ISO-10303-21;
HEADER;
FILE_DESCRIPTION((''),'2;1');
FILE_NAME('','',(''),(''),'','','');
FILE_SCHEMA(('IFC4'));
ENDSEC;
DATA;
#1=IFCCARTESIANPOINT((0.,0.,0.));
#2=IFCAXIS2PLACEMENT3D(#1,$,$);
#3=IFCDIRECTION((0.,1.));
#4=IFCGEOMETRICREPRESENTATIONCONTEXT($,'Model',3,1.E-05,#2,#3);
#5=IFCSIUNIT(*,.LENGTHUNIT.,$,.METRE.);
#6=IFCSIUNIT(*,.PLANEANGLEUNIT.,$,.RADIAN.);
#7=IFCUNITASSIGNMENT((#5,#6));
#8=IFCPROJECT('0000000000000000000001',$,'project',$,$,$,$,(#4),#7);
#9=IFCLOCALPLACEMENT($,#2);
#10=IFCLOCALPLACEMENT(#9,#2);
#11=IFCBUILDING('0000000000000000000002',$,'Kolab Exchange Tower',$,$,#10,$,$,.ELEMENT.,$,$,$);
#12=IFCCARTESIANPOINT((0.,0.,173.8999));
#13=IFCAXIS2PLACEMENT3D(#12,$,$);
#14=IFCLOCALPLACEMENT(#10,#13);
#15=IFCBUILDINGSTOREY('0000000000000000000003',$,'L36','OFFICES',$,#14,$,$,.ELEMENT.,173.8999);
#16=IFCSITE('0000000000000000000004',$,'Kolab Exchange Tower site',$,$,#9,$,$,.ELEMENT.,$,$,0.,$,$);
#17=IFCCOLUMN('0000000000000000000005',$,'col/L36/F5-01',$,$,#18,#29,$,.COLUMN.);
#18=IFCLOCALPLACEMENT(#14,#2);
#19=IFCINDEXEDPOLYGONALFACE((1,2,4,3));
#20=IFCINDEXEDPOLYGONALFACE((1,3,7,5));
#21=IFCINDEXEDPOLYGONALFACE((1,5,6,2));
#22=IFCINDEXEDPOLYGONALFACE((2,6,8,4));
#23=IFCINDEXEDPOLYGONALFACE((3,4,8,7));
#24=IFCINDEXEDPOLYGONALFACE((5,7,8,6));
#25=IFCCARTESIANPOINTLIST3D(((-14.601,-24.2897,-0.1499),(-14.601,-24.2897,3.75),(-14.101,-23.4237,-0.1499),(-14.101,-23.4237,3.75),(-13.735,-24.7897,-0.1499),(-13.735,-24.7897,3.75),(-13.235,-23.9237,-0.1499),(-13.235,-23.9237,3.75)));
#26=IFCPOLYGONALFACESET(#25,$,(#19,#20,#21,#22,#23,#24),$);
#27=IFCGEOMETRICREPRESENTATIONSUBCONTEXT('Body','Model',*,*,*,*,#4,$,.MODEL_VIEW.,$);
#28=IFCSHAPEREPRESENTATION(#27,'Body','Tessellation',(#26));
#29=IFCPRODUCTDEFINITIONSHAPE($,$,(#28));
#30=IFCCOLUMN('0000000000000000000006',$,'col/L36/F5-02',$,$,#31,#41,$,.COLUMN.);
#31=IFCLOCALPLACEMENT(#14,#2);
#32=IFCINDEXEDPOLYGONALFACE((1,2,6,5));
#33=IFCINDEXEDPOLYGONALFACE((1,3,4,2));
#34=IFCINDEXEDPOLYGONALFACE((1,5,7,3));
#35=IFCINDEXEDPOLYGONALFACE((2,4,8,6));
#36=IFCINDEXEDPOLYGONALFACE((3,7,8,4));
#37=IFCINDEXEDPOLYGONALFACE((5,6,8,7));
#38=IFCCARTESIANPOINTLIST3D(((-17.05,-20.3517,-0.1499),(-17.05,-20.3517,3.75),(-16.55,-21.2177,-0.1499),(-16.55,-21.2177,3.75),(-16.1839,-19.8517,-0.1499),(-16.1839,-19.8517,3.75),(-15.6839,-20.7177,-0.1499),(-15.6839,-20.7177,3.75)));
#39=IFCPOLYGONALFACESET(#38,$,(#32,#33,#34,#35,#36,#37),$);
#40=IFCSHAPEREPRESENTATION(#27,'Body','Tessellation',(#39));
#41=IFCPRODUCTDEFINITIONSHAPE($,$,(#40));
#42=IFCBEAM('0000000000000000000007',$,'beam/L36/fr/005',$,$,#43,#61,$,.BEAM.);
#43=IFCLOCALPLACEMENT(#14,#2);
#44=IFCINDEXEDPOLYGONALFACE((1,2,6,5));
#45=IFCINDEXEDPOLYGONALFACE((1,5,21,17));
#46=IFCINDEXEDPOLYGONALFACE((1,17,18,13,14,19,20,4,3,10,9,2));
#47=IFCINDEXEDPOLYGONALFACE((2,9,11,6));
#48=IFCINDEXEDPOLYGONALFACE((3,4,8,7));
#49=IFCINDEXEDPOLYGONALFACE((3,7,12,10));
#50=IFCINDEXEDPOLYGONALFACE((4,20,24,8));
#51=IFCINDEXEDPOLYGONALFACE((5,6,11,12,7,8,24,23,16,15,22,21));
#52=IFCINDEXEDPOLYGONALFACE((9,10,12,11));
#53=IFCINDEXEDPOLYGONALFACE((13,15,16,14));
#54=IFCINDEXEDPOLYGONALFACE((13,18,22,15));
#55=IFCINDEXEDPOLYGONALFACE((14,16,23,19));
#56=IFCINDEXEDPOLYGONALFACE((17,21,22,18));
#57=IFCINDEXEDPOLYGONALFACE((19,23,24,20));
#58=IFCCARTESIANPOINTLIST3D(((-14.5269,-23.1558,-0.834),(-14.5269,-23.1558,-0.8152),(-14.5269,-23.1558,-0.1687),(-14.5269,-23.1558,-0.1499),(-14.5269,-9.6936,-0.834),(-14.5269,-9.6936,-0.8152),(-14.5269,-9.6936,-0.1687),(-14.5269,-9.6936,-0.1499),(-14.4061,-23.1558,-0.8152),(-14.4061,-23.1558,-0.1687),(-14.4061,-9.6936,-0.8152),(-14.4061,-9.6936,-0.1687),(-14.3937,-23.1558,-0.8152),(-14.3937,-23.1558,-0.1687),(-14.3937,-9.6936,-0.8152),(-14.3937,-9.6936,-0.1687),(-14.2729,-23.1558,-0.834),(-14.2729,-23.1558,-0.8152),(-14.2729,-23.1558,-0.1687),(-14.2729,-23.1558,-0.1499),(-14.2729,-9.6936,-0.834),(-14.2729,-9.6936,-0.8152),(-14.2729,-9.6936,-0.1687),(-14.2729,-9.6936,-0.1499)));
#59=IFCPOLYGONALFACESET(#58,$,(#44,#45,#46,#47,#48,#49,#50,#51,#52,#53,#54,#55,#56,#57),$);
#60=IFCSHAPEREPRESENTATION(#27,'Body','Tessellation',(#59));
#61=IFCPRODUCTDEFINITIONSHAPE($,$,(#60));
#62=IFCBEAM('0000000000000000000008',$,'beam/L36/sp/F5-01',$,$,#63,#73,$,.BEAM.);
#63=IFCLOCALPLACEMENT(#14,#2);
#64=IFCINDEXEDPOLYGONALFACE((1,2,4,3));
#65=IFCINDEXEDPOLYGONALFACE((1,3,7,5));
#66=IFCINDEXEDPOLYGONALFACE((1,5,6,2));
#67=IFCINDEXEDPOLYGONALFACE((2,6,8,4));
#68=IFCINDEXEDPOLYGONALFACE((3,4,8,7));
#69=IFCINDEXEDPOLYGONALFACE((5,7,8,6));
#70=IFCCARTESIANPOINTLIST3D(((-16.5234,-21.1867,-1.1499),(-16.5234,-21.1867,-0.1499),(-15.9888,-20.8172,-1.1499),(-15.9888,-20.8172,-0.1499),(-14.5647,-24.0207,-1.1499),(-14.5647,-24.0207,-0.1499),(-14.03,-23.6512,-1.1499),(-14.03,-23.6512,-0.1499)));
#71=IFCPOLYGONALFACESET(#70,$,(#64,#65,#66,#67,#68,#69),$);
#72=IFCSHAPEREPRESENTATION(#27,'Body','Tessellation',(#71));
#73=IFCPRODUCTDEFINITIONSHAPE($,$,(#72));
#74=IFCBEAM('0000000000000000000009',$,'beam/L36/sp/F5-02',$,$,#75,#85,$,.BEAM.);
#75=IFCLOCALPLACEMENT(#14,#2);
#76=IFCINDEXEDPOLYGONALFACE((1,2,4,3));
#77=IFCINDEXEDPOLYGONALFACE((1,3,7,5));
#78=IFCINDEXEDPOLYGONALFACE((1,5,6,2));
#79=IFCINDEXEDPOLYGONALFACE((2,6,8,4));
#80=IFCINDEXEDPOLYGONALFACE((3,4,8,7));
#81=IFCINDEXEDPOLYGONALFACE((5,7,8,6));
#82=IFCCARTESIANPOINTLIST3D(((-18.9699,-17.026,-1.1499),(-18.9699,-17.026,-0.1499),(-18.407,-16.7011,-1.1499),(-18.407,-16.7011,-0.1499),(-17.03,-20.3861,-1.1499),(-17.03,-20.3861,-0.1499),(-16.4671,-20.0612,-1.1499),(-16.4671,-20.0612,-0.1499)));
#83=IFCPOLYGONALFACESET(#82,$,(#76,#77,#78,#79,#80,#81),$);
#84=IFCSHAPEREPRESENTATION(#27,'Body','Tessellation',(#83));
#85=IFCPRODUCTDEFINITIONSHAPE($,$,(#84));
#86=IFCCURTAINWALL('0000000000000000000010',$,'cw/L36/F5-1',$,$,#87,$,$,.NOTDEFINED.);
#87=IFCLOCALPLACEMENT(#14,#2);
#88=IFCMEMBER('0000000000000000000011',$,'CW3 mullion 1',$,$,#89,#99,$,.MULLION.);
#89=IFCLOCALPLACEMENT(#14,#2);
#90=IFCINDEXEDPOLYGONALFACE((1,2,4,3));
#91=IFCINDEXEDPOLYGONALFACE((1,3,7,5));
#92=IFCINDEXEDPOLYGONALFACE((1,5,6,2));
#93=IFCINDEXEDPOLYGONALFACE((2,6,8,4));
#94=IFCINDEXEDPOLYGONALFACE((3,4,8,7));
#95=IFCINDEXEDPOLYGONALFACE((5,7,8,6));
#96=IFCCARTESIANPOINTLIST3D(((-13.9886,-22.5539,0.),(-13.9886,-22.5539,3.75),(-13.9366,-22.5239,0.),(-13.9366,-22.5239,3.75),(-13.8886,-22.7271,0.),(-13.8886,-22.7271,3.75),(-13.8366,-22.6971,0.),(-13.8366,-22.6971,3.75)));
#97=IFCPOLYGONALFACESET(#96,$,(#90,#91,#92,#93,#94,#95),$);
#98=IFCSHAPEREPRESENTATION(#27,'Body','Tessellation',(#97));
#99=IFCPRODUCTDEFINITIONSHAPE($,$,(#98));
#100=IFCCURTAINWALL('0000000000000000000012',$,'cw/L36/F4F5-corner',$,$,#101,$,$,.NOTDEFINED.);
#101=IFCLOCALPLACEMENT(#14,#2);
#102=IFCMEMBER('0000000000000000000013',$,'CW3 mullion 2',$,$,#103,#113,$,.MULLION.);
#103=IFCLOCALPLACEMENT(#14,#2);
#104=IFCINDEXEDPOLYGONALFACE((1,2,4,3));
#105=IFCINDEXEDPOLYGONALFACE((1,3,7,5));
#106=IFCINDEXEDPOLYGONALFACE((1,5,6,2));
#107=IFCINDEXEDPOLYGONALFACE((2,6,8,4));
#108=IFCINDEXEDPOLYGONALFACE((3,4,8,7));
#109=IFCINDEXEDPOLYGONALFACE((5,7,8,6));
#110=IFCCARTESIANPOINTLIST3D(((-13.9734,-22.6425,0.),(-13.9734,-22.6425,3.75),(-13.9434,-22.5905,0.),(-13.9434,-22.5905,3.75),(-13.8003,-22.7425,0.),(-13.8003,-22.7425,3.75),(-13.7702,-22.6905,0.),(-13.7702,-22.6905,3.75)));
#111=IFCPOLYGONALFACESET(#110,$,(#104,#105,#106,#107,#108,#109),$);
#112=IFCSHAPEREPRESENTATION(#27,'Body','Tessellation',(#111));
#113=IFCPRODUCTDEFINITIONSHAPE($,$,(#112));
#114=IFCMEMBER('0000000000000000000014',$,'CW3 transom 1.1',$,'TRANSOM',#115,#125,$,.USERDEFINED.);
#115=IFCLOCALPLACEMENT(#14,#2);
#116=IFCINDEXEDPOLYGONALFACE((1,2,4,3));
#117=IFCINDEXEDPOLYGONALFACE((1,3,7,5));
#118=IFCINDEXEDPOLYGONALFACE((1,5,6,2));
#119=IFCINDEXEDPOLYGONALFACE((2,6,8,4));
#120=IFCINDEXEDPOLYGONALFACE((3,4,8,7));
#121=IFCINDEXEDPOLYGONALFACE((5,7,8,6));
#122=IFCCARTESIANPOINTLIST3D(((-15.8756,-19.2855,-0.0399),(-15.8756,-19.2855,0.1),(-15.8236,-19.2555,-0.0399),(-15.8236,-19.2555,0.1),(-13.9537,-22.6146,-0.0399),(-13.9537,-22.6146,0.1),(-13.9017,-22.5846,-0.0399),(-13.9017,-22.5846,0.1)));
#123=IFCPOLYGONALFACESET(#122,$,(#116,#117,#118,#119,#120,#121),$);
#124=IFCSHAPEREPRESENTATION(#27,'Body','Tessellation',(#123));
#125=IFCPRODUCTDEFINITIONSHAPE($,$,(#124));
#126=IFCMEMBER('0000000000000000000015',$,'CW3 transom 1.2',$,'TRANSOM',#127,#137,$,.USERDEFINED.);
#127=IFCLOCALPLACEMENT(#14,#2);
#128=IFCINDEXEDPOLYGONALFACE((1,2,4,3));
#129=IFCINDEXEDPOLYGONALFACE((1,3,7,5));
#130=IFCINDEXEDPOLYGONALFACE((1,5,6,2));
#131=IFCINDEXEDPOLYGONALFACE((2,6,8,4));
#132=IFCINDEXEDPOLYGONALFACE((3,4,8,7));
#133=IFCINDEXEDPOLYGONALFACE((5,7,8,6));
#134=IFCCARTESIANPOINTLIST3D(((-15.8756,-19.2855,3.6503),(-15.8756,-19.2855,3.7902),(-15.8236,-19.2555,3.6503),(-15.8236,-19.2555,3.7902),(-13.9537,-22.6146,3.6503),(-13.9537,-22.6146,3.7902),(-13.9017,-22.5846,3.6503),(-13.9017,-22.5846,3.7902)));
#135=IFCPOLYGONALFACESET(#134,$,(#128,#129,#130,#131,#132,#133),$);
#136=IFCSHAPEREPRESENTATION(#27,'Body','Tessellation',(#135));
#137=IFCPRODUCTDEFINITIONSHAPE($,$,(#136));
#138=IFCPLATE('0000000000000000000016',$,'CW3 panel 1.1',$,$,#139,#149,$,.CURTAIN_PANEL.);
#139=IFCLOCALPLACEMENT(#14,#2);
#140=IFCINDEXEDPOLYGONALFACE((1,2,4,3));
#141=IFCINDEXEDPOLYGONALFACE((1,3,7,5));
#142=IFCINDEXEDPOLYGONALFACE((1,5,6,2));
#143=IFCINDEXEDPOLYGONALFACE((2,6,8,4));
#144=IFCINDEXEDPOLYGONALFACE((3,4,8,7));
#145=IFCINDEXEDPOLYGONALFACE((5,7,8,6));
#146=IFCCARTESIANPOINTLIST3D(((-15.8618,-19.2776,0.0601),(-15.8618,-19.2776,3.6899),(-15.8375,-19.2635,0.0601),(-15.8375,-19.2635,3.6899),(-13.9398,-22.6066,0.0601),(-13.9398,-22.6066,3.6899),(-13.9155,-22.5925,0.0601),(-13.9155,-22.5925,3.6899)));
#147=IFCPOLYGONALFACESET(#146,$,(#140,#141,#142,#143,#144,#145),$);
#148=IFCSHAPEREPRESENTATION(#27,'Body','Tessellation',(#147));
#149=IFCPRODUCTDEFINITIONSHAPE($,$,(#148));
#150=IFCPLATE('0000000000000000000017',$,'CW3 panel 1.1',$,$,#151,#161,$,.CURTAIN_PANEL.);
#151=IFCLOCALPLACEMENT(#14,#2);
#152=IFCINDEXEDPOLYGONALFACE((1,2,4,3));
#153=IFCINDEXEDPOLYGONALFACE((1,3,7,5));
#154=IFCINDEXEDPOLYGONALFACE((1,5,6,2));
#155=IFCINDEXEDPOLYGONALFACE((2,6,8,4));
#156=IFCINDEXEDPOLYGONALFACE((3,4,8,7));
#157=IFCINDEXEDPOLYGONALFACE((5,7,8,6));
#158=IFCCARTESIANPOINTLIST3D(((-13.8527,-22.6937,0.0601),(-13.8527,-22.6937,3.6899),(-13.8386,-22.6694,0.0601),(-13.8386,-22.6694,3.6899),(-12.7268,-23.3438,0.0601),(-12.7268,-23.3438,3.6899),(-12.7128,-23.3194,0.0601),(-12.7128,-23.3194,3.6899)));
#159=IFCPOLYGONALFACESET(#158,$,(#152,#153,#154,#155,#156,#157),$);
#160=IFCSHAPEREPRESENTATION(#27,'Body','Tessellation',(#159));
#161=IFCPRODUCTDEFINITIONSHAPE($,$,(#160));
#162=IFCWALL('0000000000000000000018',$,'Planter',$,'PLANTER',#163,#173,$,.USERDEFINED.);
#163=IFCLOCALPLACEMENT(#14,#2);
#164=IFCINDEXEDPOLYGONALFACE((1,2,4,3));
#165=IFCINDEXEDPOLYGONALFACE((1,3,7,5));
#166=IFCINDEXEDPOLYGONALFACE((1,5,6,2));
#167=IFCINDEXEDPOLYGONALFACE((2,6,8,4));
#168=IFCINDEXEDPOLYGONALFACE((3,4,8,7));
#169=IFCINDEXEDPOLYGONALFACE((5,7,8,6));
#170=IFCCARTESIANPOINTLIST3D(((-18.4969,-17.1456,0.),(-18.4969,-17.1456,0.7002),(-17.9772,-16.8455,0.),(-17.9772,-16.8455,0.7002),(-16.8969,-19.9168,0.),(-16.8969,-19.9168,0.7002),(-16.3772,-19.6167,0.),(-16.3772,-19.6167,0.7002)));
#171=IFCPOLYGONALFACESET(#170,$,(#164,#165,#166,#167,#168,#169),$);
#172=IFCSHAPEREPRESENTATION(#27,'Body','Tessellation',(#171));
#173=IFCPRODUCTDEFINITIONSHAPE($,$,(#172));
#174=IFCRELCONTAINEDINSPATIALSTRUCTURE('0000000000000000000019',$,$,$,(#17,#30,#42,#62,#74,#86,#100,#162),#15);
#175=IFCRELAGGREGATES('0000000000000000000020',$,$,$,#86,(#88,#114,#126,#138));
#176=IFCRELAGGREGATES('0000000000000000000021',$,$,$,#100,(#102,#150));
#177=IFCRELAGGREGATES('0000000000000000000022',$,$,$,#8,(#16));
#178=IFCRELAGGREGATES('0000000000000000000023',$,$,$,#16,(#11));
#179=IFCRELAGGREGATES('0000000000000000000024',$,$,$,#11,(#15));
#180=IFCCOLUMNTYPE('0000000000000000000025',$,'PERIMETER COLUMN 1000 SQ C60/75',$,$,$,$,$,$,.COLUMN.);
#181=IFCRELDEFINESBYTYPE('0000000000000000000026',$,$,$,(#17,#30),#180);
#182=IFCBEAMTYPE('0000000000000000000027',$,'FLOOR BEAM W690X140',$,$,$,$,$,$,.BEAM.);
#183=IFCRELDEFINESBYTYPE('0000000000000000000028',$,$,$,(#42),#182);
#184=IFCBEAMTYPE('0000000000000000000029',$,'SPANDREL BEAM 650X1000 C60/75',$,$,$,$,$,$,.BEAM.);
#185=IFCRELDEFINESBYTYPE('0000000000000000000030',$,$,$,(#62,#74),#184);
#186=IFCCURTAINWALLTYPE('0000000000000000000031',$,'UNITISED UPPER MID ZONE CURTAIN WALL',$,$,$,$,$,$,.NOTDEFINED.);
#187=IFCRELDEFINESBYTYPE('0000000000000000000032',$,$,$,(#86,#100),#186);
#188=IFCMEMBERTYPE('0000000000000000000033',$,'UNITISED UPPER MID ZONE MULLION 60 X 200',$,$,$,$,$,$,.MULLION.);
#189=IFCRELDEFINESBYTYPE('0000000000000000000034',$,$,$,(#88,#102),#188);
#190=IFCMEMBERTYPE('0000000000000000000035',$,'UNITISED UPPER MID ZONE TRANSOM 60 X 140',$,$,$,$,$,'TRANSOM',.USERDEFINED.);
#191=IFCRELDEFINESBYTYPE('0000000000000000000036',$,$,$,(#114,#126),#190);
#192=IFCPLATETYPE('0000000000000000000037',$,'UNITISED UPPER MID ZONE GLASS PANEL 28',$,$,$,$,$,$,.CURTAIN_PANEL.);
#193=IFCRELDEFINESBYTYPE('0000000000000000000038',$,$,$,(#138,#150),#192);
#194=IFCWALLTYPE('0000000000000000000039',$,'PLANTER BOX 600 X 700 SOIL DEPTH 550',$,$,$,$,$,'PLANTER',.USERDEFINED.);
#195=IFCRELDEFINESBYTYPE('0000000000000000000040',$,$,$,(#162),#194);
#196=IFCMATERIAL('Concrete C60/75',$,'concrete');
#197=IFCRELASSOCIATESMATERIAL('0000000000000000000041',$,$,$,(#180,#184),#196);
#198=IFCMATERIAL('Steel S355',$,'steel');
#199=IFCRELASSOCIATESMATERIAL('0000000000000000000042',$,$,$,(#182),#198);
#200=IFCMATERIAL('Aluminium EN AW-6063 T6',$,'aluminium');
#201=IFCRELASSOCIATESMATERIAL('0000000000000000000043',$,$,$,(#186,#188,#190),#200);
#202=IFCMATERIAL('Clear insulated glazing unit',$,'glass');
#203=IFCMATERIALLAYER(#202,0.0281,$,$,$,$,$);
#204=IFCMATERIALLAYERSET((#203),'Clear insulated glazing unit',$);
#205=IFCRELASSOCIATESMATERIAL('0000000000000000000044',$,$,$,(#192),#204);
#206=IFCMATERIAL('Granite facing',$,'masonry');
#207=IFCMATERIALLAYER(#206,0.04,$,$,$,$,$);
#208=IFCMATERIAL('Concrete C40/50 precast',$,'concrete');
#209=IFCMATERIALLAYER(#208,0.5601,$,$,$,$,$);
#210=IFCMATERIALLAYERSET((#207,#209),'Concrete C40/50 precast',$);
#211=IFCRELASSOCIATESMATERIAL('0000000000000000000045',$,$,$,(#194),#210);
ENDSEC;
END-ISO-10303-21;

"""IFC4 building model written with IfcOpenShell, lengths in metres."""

from ifc_helpers import new_model, si_unit, direction, frame, frame_2d, origin, origin_2d, place, context, subcontext, project, spatial, rectangle, i_section, extrude, material, layer, layer_set, material_profile, profile_set, type_object, element, aggregate, save


model = new_model("IFC4")

# Units and contexts
model_context = context("Model", 3, precision=1e-05, world=origin(), true_north=direction((0.0, 1.0)))
body_context = subcontext(model_context, "Body", "Model", "MODEL_VIEW")
ifc_project = project(units=[si_unit("LENGTHUNIT", "METRE"), si_unit("PLANEANGLEUNIT", "RADIAN")], contexts=[model_context])

# Site, building, storey
site_placement = place(None, origin())
site = spatial("IfcSite", under=ifc_project, at=site_placement, Name="Kolab Exchange Tower site", CompositionType="ELEMENT", RefElevation=0.0)
building_placement = place(site_placement, origin())
building = spatial("IfcBuilding", under=site, at=building_placement, Name="Kolab Exchange Tower", CompositionType="ELEMENT")
storey_placement = place(building_placement, frame((0.0, 0.0, 173.8999)))
storey = spatial("IfcBuildingStorey", under=building, at=storey_placement, Name="L36", Description="OFFICES", CompositionType="ELEMENT", Elevation=173.8999)

# Columns
ifc_material_1 = material(Name="Concrete C60/75", Category="concrete")
ifc_material_profile_1 = material_profile(ifc_material_1, rectangle(XDim=1.0, YDim=1.0, at=origin_2d()), Name="RC1000")
ifc_profile_set_1 = profile_set([ifc_material_profile_1], Name="Concrete C60/75")
column_type = type_object("IfcColumnType", Name="PERIMETER COLUMN 1000 SQ C60/75", PredefinedType="COLUMN", material=ifc_profile_set_1)
for number, where, z_axis, x_axis, name in (
    (1, (-13.918, -24.1067, -0.1499), (0.0, 0.0, 1.0), (0.5, 0.866025, 0.0), "col/L36/F5-01"),
    (2, (-16.3669, -20.5347, -0.1499), (0.0, 0.0, 1.0), (0.866025, 0.5, 0.0), "col/L36/F5-02"),
):
    element("IfcColumn", number, at=place(storey_placement, frame(where, z_axis=z_axis, x_axis=x_axis)), inside=storey, type_object=column_type, Name=name, PredefinedType="COLUMN", context=body_context, shape_type="SweptSolid", body=[
        extrude(rectangle(XDim=1.0, YDim=1.0, at=origin_2d()), origin(), (0.0, 0.0, 1.0), 3.8999),
    ])

# Beams
ifc_material_2 = material(Name="Steel S355", Category="steel")
ifc_material_profile_2 = material_profile(ifc_material_2, i_section(OverallWidth=0.2539, OverallDepth=0.6841, WebThickness=0.0125, FlangeThickness=0.0188, at=origin_2d()), Name="W690X140")
ifc_profile_set_2 = profile_set([ifc_material_profile_2], Name="Steel S355")
beam_type_1 = type_object("IfcBeamType", Name="FLOOR BEAM W690X140", PredefinedType="BEAM", material=ifc_profile_set_2)
beam_1_placement = place(storey_placement, frame((-14.3999, -23.1558, -0.4919), z_axis=(0.0, 1.0, 0.0), x_axis=(-1.0, 0.0, 0.0)))
element("IfcBeam", 3, at=beam_1_placement, inside=storey, type_object=beam_type_1, Name="beam/L36/fr/005", PredefinedType="BEAM", context=body_context, shape_type="SweptSolid", body=[
    extrude(i_section(OverallWidth=0.2539, OverallDepth=0.6841, WebThickness=0.0125, FlangeThickness=0.0188, at=origin_2d()), origin(), (0.0, 0.0, 1.0), 13.4622),
])
ifc_material_profile_3 = material_profile(ifc_material_1, rectangle(XDim=0.6499, YDim=1.0, at=origin_2d()), Name="RC650X1000")
ifc_profile_set_3 = profile_set([ifc_material_profile_3], Name="Concrete C60/75")
beam_type_2 = type_object("IfcBeamType", Name="SPANDREL BEAM 650X1000 C60/75", PredefinedType="BEAM", material=ifc_profile_set_3)
beam_2_placement = place(storey_placement, frame((-14.2974, -23.8359, -0.6499), z_axis=(-0.568572, 0.822633, 0.0), x_axis=(-0.822633, -0.568572, 0.0)))
element("IfcBeam", 4, at=beam_2_placement, inside=storey, type_object=beam_type_2, Name="beam/L36/sp/F5-01", PredefinedType="BEAM", context=body_context, shape_type="SweptSolid", body=[
    extrude(rectangle(XDim=0.6499, YDim=1.0, at=origin_2d()), origin(), (0.0, 0.0, 1.0), 3.4451),
])
beam_3_placement = place(storey_placement, frame((-16.7485, -20.2236, -0.6499), z_axis=(-0.499997, 0.866027, 0.0), x_axis=(-0.866027, -0.499997, 0.0)))
element("IfcBeam", 5, at=beam_3_placement, inside=storey, type_object=beam_type_2, Name="beam/L36/sp/F5-02", PredefinedType="BEAM", context=body_context, shape_type="SweptSolid", body=[
    extrude(rectangle(XDim=0.6499, YDim=1.0, at=origin_2d()), origin(), (0.0, 0.0, 1.0), 3.8799),
])

# Curtain walls, members
ifc_material_3 = material(Name="Aluminium EN AW-6063 T6", Category="aluminium")
curtain_wall_type = type_object("IfcCurtainWallType", Name="UNITISED UPPER MID ZONE CURTAIN WALL", PredefinedType="NOTDEFINED", material=ifc_material_3)
curtain_wall_1_placement = place(storey_placement, origin())
curtain_wall_1 = element("IfcCurtainWall", 6, at=curtain_wall_1_placement, inside=storey, type_object=curtain_wall_type, Name="cw/L36/F5-1", PredefinedType="NOTDEFINED")
ifc_material_profile_4 = material_profile(ifc_material_3, rectangle(XDim=0.0601, YDim=0.2, at=origin_2d()), Name="RECT 60X200")
ifc_profile_set_4 = profile_set([ifc_material_profile_4], Name="Aluminium EN AW-6063 T6")
member_type_1 = type_object("IfcMemberType", Name="UNITISED UPPER MID ZONE MULLION 60 X 200", PredefinedType="MULLION", material=ifc_profile_set_4)
member_1_placement = place(storey_placement, frame((-13.9126, -22.6255, 0.0), z_axis=(0.0, 0.0, 1.0), x_axis=(-0.866025, -0.5, 0.0)))
member_1 = element("IfcMember", 7, at=member_1_placement, type_object=member_type_1, Name="CW3 mullion 1", PredefinedType="MULLION", context=body_context, shape_type="SweptSolid", body=[
    extrude(rectangle(XDim=0.0601, YDim=0.2, at=origin_2d()), origin(), (0.0, 0.0, 1.0), 3.75),
])
curtain_wall_2_placement = place(storey_placement, origin())
curtain_wall_2 = element("IfcCurtainWall", 8, at=curtain_wall_2_placement, inside=storey, type_object=curtain_wall_type, Name="cw/L36/F4F5-corner", PredefinedType="NOTDEFINED")
member_2_placement = place(storey_placement, frame((-13.8718, -22.6665, 0.0), z_axis=(0.0, 0.0, 1.0), x_axis=(-0.5, -0.866025, 0.0)))
member_2 = element("IfcMember", 9, at=member_2_placement, type_object=member_type_1, Name="CW3 mullion 2", PredefinedType="MULLION", context=body_context, shape_type="SweptSolid", body=[
    extrude(rectangle(XDim=0.0601, YDim=0.2, at=origin_2d()), origin(), (0.0, 0.0, 1.0), 3.75),
])

# Members
ifc_material_profile_5 = material_profile(ifc_material_3, rectangle(XDim=0.0601, YDim=0.1399, at=origin_2d()), Name="RECT 60X140")
ifc_profile_set_5 = profile_set([ifc_material_profile_5], Name="Aluminium EN AW-6063 T6")
member_type_2 = type_object("IfcMemberType", Name="UNITISED UPPER MID ZONE TRANSOM 60 X 140", ElementType="TRANSOM", PredefinedType="USERDEFINED", material=ifc_profile_set_5)
member_3_placement = place(storey_placement, frame((-13.9277, -22.5996, 0.03), z_axis=(-0.499964, 0.866046, 0.0), x_axis=(-0.866046, -0.499964, 0.0)))
member_3 = element("IfcMember", 10, at=member_3_placement, type_object=member_type_2, Name="CW3 transom 1.1", ObjectType="TRANSOM", PredefinedType="USERDEFINED", context=body_context, shape_type="SweptSolid", body=[
    extrude(rectangle(XDim=0.0601, YDim=0.1399, at=origin_2d()), origin(), (0.0, 0.0, 1.0), 3.844),
])
member_4_placement = place(storey_placement, frame((-13.9277, -22.5996, 3.7202), z_axis=(-0.499964, 0.866046, 0.0), x_axis=(-0.866046, -0.499964, 0.0)))
member_4 = element("IfcMember", 11, at=member_4_placement, type_object=member_type_2, Name="CW3 transom 1.2", ObjectType="TRANSOM", PredefinedType="USERDEFINED", context=body_context, shape_type="SweptSolid", body=[
    extrude(rectangle(XDim=0.0601, YDim=0.1399, at=origin_2d()), origin(), (0.0, 0.0, 1.0), 3.844),
])

# Plates
ifc_material_4 = material(Name="Clear insulated glazing unit", Category="glass")
ifc_layer_1 = layer(ifc_material_4, 0.0281)
ifc_layer_set_1 = layer_set([ifc_layer_1], Name="Clear insulated glazing unit")
plate_type = type_object("IfcPlateType", Name="UNITISED UPPER MID ZONE GLASS PANEL 28", PredefinedType="CURTAIN_PANEL", material=ifc_layer_set_1)
plate_1_placement = place(storey_placement, frame((-14.8887, -20.9351, 0.0601), z_axis=(0.0, 0.0, 1.0), x_axis=(-0.5, 0.866025, 0.0)))
plate_1 = element("IfcPlate", 12, at=plate_1_placement, type_object=plate_type, Name="CW3 panel 1.1", PredefinedType="CURTAIN_PANEL", context=body_context, shape_type="SweptSolid", body=[
    extrude(rectangle(XDim=3.844, YDim=0.0281, at=origin_2d()), origin(), (0.0, 0.0, 1.0), 3.6299),
])
aggregate(curtain_wall_1, [member_1, member_3, member_4, plate_1])
plate_2_placement = place(storey_placement, frame((-13.2827, -23.0066, 0.0601), z_axis=(0.0, 0.0, 1.0), x_axis=(-0.866025, 0.5, 0.0)))
plate_2 = element("IfcPlate", 13, at=plate_2_placement, type_object=plate_type, Name="CW3 panel 1.1", PredefinedType="CURTAIN_PANEL", context=body_context, shape_type="SweptSolid", body=[
    extrude(rectangle(XDim=1.3, YDim=0.0281, at=origin_2d()), origin(), (0.0, 0.0, 1.0), 3.6299),
])
aggregate(curtain_wall_2, [member_2, plate_2])

# Wall
ifc_material_5 = material(Name="Granite facing", Category="masonry")
ifc_layer_2 = layer(ifc_material_5, 0.04)
ifc_material_6 = material(Name="Concrete C40/50 precast", Category="concrete")
ifc_layer_3 = layer(ifc_material_6, 0.5601)
ifc_layer_set_2 = layer_set([ifc_layer_2, ifc_layer_3], Name="Concrete C40/50 precast")
wall_type = type_object("IfcWallType", Name="PLANTER BOX 600 X 700 SOIL DEPTH 550", ElementType="PLANTER", PredefinedType="USERDEFINED", material=ifc_layer_set_2)
wall_placement = place(storey_placement, frame((-16.637, -19.7668, 0.0), z_axis=(0.0, 0.0, 1.0), x_axis=(-0.500028, 0.866009, 0.0)))
element("IfcWall", 14, at=wall_placement, inside=storey, type_object=wall_type, Name="Planter", ObjectType="PLANTER", PredefinedType="USERDEFINED", context=body_context, shape_type="SweptSolid", body=[
    extrude(rectangle(XDim=3.2, YDim=0.6001, at=frame_2d((1.6001, 0.0))), origin(), (0.0, 0.0, 1.0), 0.7002),
])

save(model, "model.ifc")
